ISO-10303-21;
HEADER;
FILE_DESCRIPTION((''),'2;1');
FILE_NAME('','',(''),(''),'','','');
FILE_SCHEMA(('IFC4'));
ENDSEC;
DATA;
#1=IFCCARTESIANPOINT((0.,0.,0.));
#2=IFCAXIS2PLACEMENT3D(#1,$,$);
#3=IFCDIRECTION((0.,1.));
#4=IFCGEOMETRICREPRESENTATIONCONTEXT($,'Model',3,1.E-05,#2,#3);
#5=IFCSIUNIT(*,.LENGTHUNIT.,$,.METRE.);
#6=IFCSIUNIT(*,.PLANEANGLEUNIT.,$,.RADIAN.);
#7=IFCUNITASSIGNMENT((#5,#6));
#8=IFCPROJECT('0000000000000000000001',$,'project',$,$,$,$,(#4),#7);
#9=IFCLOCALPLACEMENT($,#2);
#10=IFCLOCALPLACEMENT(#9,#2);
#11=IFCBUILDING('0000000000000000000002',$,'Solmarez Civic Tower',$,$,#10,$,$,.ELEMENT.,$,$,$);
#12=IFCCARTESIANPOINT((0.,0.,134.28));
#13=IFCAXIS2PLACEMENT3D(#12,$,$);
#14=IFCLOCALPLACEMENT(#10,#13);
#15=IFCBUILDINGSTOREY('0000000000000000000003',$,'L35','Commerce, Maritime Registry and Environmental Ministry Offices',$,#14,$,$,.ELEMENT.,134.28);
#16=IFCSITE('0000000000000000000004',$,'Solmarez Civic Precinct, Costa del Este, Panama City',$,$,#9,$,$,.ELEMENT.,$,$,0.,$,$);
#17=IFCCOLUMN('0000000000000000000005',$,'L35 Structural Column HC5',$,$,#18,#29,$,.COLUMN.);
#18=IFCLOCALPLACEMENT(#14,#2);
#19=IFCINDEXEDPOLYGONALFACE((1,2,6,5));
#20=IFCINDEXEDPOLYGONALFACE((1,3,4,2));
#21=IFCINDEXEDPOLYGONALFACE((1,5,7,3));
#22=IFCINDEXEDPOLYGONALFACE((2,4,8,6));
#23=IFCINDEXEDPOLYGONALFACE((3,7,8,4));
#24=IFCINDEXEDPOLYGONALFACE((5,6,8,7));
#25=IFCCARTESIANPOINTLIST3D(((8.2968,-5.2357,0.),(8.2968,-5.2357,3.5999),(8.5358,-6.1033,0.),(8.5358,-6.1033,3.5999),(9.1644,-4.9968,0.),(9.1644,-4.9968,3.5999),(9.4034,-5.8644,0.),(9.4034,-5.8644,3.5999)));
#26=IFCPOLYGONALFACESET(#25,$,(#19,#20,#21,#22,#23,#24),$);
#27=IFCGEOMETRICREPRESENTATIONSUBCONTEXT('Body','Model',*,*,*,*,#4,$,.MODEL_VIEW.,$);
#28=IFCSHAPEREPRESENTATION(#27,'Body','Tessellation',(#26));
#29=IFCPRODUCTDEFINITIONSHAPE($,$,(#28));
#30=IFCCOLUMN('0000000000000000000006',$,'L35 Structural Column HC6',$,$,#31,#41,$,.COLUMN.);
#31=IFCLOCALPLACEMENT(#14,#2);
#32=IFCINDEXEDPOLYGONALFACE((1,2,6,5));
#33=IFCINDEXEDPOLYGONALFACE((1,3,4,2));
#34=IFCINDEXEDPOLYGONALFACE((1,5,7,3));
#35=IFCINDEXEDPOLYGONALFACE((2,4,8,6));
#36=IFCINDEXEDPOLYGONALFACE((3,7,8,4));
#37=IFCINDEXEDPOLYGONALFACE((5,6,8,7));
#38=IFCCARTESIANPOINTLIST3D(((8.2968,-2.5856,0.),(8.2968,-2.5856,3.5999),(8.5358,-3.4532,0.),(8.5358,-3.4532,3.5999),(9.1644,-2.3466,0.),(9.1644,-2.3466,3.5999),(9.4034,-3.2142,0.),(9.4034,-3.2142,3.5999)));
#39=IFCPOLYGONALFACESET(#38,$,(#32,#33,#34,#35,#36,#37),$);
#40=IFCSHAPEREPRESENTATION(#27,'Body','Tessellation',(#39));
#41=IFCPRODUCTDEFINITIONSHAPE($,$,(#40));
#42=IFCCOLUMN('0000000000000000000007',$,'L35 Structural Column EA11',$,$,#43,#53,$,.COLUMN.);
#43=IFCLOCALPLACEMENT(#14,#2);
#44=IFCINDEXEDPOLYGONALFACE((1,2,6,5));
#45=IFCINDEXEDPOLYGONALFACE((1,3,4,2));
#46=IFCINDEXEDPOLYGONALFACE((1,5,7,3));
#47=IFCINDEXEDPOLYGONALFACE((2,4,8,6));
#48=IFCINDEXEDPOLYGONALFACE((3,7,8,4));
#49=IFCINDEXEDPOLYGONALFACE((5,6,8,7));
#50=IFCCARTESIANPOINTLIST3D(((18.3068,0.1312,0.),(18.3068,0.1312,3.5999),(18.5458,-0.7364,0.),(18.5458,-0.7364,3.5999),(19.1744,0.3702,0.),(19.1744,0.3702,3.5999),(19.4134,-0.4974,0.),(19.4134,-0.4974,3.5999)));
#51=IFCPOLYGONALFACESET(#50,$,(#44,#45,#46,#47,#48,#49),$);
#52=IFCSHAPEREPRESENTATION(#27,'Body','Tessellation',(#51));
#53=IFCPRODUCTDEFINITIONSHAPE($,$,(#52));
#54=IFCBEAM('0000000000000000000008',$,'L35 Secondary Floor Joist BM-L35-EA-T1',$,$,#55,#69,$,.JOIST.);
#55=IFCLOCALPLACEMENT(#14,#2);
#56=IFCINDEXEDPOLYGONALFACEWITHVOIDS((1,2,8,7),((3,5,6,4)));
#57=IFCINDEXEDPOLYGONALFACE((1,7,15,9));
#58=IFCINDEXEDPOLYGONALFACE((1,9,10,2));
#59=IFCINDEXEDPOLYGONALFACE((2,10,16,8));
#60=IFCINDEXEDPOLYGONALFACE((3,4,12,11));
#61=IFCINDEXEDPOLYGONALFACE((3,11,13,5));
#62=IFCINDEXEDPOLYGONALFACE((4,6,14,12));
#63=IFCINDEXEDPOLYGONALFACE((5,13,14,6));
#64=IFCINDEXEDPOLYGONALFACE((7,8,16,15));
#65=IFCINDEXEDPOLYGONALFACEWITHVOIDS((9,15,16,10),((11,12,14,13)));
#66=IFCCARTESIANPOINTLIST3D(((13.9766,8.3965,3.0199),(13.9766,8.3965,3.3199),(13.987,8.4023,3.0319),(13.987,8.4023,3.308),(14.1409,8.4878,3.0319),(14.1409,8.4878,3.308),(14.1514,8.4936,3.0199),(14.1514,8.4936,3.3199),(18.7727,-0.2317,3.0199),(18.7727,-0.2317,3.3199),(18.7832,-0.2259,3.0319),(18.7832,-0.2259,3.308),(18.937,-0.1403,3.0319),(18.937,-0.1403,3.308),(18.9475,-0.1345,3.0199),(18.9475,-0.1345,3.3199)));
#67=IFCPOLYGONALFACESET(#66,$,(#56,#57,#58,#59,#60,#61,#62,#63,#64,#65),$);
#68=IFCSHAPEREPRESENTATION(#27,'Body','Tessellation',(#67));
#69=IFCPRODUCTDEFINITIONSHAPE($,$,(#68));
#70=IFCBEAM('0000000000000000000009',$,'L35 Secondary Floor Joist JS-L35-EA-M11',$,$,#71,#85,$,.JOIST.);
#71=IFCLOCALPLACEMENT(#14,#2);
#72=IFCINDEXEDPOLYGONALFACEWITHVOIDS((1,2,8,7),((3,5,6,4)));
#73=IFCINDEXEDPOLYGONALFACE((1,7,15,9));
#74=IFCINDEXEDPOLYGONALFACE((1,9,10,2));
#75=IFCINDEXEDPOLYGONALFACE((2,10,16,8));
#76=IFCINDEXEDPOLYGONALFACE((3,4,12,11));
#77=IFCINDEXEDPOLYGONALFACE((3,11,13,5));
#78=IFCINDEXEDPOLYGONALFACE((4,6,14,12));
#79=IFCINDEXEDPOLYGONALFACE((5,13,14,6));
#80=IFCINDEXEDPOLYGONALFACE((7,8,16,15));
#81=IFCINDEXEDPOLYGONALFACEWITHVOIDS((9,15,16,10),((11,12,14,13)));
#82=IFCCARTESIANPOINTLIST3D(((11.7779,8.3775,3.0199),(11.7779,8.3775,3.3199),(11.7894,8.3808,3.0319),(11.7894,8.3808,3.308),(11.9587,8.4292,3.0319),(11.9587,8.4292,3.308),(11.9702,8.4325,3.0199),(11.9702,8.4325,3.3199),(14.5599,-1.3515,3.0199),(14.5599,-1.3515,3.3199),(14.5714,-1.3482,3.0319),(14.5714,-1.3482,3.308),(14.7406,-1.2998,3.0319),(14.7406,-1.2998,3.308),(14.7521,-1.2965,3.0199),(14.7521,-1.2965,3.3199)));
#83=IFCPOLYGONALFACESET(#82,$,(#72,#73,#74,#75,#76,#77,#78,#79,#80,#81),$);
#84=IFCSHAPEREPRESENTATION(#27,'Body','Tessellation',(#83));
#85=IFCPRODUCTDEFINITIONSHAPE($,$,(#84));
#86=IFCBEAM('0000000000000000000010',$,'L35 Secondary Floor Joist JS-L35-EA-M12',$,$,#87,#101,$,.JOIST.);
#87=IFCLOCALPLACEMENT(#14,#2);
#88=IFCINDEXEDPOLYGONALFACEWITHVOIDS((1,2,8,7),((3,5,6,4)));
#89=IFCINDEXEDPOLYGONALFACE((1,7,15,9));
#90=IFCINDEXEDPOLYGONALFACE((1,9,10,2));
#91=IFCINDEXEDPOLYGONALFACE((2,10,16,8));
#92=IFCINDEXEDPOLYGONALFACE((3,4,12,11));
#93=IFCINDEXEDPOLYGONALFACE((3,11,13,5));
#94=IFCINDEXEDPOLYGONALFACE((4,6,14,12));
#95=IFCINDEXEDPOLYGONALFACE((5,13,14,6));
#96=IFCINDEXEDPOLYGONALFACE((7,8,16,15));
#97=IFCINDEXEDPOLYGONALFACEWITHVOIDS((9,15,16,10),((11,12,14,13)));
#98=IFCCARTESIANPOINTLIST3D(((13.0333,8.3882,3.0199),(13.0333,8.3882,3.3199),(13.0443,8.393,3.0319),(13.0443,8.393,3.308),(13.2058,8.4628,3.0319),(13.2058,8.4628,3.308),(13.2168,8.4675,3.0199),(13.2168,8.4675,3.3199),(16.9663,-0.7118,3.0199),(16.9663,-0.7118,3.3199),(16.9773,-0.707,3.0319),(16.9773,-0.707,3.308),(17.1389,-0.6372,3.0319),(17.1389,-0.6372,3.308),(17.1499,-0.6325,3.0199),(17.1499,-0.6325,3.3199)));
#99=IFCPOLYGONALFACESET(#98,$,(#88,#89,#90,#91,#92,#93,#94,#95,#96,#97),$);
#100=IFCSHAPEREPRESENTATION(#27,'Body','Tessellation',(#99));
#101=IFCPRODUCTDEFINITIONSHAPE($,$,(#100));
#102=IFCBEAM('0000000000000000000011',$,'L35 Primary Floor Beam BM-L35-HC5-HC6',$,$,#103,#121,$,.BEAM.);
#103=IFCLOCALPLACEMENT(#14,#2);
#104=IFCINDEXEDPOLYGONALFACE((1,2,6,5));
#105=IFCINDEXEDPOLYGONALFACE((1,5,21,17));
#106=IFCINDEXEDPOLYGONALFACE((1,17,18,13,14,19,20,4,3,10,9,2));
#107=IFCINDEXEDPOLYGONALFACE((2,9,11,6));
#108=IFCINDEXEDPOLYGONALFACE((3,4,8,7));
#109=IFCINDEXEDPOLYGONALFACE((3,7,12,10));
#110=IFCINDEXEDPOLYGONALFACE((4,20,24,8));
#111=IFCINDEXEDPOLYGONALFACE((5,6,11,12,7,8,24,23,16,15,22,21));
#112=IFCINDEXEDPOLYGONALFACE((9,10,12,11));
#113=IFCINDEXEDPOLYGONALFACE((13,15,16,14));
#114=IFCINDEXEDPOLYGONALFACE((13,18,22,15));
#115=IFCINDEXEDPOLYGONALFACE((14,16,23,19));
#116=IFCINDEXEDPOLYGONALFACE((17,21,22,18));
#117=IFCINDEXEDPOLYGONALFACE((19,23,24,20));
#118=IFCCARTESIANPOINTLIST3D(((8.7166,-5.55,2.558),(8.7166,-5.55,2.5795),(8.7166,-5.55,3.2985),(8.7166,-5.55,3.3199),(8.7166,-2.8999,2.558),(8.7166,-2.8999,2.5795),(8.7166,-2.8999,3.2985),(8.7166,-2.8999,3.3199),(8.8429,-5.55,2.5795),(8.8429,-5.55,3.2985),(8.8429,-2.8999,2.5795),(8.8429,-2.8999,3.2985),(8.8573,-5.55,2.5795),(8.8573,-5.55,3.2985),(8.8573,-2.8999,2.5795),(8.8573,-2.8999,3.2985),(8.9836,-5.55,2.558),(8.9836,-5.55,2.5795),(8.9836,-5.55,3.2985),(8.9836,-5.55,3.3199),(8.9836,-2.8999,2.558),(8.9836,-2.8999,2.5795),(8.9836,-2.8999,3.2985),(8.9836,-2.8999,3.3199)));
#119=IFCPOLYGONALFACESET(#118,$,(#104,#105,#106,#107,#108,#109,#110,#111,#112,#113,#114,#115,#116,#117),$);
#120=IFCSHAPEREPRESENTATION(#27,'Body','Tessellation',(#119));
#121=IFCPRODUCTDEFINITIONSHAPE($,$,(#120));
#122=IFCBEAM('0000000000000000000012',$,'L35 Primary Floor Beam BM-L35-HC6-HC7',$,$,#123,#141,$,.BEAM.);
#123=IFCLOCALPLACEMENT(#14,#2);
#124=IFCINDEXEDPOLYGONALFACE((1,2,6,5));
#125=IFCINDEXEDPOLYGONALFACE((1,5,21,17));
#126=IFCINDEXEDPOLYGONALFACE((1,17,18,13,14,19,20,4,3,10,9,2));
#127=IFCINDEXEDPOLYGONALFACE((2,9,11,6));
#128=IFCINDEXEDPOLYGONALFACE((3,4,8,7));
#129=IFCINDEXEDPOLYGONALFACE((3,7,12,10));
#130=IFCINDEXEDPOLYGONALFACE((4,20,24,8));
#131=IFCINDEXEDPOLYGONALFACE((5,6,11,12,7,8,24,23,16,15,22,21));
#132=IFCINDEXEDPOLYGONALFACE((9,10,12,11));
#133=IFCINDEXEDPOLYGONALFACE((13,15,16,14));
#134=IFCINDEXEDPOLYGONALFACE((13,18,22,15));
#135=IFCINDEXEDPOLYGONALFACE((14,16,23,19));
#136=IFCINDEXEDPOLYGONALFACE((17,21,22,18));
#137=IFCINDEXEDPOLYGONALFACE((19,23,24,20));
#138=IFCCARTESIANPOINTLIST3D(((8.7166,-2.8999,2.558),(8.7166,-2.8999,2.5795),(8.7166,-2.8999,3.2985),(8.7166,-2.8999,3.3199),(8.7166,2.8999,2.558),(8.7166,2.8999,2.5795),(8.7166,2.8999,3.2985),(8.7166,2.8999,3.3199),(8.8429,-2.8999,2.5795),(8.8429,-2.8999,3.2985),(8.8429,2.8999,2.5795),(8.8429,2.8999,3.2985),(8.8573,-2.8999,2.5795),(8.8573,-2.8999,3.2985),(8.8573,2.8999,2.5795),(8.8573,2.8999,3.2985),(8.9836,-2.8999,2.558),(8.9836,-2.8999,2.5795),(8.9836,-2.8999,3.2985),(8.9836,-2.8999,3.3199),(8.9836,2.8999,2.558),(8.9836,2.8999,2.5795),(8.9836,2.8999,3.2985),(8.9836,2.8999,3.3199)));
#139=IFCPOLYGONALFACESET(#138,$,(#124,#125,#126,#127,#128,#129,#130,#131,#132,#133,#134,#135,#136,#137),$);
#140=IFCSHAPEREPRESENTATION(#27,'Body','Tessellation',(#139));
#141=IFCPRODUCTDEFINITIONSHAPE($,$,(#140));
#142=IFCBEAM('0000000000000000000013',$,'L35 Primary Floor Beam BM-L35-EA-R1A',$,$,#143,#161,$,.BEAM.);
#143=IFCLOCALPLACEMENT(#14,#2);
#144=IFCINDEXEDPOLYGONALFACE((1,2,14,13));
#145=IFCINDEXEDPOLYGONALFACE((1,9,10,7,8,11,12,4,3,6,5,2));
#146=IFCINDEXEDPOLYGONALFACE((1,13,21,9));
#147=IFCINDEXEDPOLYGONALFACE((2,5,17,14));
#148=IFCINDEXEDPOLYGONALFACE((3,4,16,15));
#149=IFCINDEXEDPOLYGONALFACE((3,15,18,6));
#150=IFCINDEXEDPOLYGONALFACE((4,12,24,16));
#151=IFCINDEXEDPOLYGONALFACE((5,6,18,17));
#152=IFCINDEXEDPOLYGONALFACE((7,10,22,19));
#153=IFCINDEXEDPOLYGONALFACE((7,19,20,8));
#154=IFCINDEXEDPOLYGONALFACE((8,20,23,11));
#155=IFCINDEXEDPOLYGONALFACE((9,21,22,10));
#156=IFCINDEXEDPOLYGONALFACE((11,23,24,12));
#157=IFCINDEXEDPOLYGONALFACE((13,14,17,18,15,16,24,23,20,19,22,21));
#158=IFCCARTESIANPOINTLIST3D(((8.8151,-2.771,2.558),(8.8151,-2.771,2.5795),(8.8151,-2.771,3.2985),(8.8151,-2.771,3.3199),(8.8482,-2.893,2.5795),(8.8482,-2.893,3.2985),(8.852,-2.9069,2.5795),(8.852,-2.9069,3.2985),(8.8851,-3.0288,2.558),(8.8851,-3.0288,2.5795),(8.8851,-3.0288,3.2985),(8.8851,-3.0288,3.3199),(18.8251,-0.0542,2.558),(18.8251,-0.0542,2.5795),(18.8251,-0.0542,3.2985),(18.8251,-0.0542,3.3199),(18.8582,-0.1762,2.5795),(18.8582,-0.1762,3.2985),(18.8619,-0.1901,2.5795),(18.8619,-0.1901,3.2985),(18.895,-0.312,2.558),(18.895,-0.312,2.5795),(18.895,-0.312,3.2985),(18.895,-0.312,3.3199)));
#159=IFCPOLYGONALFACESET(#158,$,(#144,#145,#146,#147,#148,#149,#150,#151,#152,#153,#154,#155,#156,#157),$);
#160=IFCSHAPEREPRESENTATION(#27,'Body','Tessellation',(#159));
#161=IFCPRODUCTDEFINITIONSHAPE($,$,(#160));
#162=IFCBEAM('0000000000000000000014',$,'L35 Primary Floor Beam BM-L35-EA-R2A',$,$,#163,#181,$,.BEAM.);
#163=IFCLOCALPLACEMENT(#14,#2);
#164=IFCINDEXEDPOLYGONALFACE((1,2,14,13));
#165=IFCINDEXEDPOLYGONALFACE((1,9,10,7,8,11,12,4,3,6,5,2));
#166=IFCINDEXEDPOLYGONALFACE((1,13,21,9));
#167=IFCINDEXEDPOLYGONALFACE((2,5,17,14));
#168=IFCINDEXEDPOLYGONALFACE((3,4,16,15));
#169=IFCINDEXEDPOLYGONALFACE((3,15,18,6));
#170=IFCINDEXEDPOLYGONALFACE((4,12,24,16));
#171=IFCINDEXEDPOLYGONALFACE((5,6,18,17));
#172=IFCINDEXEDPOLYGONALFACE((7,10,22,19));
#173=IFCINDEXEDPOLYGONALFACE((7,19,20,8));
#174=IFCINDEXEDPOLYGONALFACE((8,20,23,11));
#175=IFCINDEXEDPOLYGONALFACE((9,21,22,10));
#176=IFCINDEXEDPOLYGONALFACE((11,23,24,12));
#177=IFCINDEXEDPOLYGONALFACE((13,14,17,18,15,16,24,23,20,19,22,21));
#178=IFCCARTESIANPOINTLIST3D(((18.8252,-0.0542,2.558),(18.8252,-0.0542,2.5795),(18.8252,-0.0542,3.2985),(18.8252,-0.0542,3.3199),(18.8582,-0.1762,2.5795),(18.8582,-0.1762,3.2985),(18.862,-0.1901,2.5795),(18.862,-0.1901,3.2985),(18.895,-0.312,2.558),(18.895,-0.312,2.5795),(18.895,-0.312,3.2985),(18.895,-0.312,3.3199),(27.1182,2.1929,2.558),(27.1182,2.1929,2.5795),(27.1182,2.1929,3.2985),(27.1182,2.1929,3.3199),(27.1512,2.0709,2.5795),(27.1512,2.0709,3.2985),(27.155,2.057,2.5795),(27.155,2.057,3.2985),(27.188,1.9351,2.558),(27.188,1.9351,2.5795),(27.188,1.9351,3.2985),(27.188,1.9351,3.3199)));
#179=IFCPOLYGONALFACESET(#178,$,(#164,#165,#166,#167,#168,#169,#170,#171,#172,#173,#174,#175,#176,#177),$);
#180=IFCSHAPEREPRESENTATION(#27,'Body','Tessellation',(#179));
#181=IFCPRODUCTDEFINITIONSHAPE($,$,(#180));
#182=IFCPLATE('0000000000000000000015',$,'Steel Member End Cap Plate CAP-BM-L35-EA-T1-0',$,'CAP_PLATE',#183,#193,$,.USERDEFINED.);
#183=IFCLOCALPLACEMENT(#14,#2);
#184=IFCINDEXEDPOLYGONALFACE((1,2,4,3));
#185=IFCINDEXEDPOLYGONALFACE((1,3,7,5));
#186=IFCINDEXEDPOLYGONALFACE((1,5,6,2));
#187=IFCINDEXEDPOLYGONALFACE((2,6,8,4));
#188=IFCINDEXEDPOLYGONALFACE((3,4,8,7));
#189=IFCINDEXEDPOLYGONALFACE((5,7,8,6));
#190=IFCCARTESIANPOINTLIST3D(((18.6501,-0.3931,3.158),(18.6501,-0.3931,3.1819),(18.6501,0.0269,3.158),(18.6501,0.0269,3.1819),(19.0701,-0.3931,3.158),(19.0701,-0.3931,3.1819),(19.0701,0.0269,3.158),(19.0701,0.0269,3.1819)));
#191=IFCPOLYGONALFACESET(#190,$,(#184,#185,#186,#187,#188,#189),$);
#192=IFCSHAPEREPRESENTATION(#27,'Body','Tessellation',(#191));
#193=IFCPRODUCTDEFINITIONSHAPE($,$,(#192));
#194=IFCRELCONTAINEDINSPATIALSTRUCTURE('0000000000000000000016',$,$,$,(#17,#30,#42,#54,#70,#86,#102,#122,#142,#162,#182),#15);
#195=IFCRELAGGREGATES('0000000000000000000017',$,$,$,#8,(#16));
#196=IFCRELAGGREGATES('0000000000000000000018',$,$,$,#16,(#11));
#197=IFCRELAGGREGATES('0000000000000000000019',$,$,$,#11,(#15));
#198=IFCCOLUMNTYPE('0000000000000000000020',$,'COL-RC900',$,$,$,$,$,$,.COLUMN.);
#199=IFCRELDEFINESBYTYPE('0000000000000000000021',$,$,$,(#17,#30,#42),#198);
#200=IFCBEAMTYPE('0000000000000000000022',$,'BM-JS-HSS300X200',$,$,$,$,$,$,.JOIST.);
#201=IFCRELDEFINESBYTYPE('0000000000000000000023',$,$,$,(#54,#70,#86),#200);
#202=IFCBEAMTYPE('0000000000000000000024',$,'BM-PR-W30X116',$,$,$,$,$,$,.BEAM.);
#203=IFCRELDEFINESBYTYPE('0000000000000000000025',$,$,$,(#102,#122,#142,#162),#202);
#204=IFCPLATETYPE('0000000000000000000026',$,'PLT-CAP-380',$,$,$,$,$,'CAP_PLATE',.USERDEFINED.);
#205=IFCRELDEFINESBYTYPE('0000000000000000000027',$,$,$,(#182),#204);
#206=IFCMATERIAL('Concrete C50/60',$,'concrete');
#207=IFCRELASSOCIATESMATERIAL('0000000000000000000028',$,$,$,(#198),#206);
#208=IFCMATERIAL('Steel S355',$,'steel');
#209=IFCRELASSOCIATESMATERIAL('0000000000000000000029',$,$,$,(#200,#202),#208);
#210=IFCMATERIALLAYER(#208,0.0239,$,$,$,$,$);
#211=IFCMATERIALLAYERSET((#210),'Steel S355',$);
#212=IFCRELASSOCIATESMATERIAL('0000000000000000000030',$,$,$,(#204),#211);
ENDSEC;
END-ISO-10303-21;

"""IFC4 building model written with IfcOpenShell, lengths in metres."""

from ifc_helpers import new_model, si_unit, direction, frame, origin, origin_2d, place, context, subcontext, project, spatial, rectangle, hollow_rectangle, i_section, extrude, material, layer, layer_set, material_profile, profile_set, type_object, element, save


model = new_model("IFC4")

# Units and contexts
model_context = context("Model", 3, precision=1e-05, world=origin(), true_north=direction((0.0, 1.0)))
body_context = subcontext(model_context, "Body", "Model", "MODEL_VIEW")
ifc_project = project(units=[si_unit("LENGTHUNIT", "METRE"), si_unit("PLANEANGLEUNIT", "RADIAN")], contexts=[model_context])

# Site, building, storey
site_placement = place(None, origin())
site = spatial("IfcSite", under=ifc_project, at=site_placement, Name="Solmarez Civic Precinct, Costa del Este, Panama City", CompositionType="ELEMENT", RefElevation=0.0)
building_placement = place(site_placement, origin())
building = spatial("IfcBuilding", under=site, at=building_placement, Name="Solmarez Civic Tower", CompositionType="ELEMENT")
storey_placement = place(building_placement, frame((0.0, 0.0, 134.28)))
storey = spatial("IfcBuildingStorey", under=building, at=storey_placement, Name="L35", Description="Commerce, Maritime Registry and Environmental Ministry Offices", CompositionType="ELEMENT", Elevation=134.28)

# Columns
ifc_material_1 = material(Name="Concrete C50/60", Category="concrete")
ifc_material_profile_1 = material_profile(ifc_material_1, rectangle(XDim=0.8999, YDim=0.8999, at=origin_2d()), Name="RC900X900")
ifc_profile_set_1 = profile_set([ifc_material_profile_1], Name="Concrete C50/60")
column_type = type_object("IfcColumnType", Name="COL-RC900", PredefinedType="COLUMN", material=ifc_profile_set_1)
for number, where, z_axis, x_axis, name in (
    (1, (8.8501, -5.55, 0.0), (0.0, 0.0, 1.0), (0.964095, 0.265556, 0.0), "L35 Structural Column HC5"),
    (2, (8.8501, -2.8999, 0.0), (0.0, 0.0, 1.0), (0.964095, 0.265556, 0.0), "L35 Structural Column HC6"),
    (3, (18.8601, -0.1831, 0.0), (0.0, 0.0, 1.0), (0.964095, 0.265556, 0.0), "L35 Structural Column EA11"),
):
    element("IfcColumn", number, at=place(storey_placement, frame(where, z_axis=z_axis, x_axis=x_axis)), inside=storey, type_object=column_type, Name=name, PredefinedType="COLUMN", context=body_context, shape_type="SweptSolid", body=[
        extrude(rectangle(XDim=0.8999, YDim=0.8999, at=origin_2d()), origin(), (0.0, 0.0, 1.0), 3.5999),
    ])

# Beams
ifc_material_2 = material(Name="Steel S355", Category="steel")
ifc_material_profile_2 = material_profile(ifc_material_2, hollow_rectangle(XDim=0.2, YDim=0.3, WallThickness=0.012, at=origin_2d()), Name="HSS300X200X12")
ifc_profile_set_2 = profile_set([ifc_material_profile_2], Name="Steel S355")
beam_type_1 = type_object("IfcBeamType", Name="BM-JS-HSS300X200", PredefinedType="JOIST", material=ifc_profile_set_2)
beam_1_placement = place(storey_placement, frame((18.8601, -0.1831, 3.1699), z_axis=(-0.485853, 0.874041, 0.0), x_axis=(-0.874041, -0.485853, 0.0)))
element("IfcBeam", 4, at=beam_1_placement, inside=storey, type_object=beam_type_1, Name="L35 Secondary Floor Joist BM-L35-EA-T1", PredefinedType="JOIST", context=body_context, shape_type="SweptSolid", body=[
    extrude(hollow_rectangle(XDim=0.2, YDim=0.3, WallThickness=0.012, at=origin_2d()), origin(), (0.0, 0.0, 1.0), 9.8716),
])
beam_2_placement = place(storey_placement, frame((14.656, -1.324, 3.1699), z_axis=(-0.274928, 0.961465, 0.0), x_axis=(-0.961465, -0.274928, 0.0)))
element("IfcBeam", 5, at=beam_2_placement, inside=storey, type_object=beam_type_1, Name="L35 Secondary Floor Joist JS-L35-EA-M11", PredefinedType="JOIST", context=body_context, shape_type="SweptSolid", body=[
    extrude(hollow_rectangle(XDim=0.2, YDim=0.3, WallThickness=0.012, at=origin_2d()), origin(), (0.0, 0.0, 1.0), 10.1189),
])
beam_3_placement = place(storey_placement, frame((17.0581, -0.6721, 3.1699), z_axis=(-0.396735, 0.917933, 0.0), x_axis=(-0.917933, -0.396735, 0.0)))
element("IfcBeam", 6, at=beam_3_placement, inside=storey, type_object=beam_type_1, Name="L35 Secondary Floor Joist JS-L35-EA-M12", PredefinedType="JOIST", context=body_context, shape_type="SweptSolid", body=[
    extrude(hollow_rectangle(XDim=0.2, YDim=0.3, WallThickness=0.012, at=origin_2d()), origin(), (0.0, 0.0, 1.0), 9.9136),
])
ifc_material_profile_3 = material_profile(ifc_material_2, i_section(OverallWidth=0.2671, OverallDepth=0.762, WebThickness=0.0144, FlangeThickness=0.0215, at=origin_2d()), Name="W30X116")
ifc_profile_set_3 = profile_set([ifc_material_profile_3], Name="Steel S355")
beam_type_2 = type_object("IfcBeamType", Name="BM-PR-W30X116", PredefinedType="BEAM", material=ifc_profile_set_3)
beam_4_placement = place(storey_placement, frame((8.8501, -5.55, 2.939), z_axis=(0.0, 1.0, 0.0), x_axis=(-1.0, 0.0, 0.0)))
element("IfcBeam", 7, at=beam_4_placement, inside=storey, type_object=beam_type_2, Name="L35 Primary Floor Beam BM-L35-HC5-HC6", PredefinedType="BEAM", context=body_context, shape_type="SweptSolid", body=[
    extrude(i_section(OverallWidth=0.2671, OverallDepth=0.762, WebThickness=0.0144, FlangeThickness=0.0215, at=origin_2d()), origin(), (0.0, 0.0, 1.0), 2.6501),
])
beam_5_placement = place(storey_placement, frame((8.8501, -2.8999, 2.939), z_axis=(0.0, 1.0, 0.0), x_axis=(-1.0, 0.0, 0.0)))
element("IfcBeam", 8, at=beam_5_placement, inside=storey, type_object=beam_type_2, Name="L35 Primary Floor Beam BM-L35-HC6-HC7", PredefinedType="BEAM", context=body_context, shape_type="SweptSolid", body=[
    extrude(i_section(OverallWidth=0.2671, OverallDepth=0.762, WebThickness=0.0144, FlangeThickness=0.0215, at=origin_2d()), origin(), (0.0, 0.0, 1.0), 5.7998),
])
beam_6_placement = place(storey_placement, frame((8.8501, -2.8999, 2.939), z_axis=(0.965086, 0.261932, 0.0), x_axis=(-0.261932, 0.965086, 0.0)))
element("IfcBeam", 9, at=beam_6_placement, inside=storey, type_object=beam_type_2, Name="L35 Primary Floor Beam BM-L35-EA-R1A", PredefinedType="BEAM", context=body_context, shape_type="SweptSolid", body=[
    extrude(i_section(OverallWidth=0.2671, OverallDepth=0.762, WebThickness=0.0144, FlangeThickness=0.0215, at=origin_2d()), origin(), (0.0, 0.0, 1.0), 10.3721),
])
beam_7_placement = place(storey_placement, frame((18.8601, -0.1831, 2.939), z_axis=(0.965195, 0.26153, 0.0), x_axis=(-0.26153, 0.965195, 0.0)))
element("IfcBeam", 10, at=beam_7_placement, inside=storey, type_object=beam_type_2, Name="L35 Primary Floor Beam BM-L35-EA-R2A", PredefinedType="BEAM", context=body_context, shape_type="SweptSolid", body=[
    extrude(i_section(OverallWidth=0.2671, OverallDepth=0.762, WebThickness=0.0144, FlangeThickness=0.0215, at=origin_2d()), origin(), (0.0, 0.0, 1.0), 8.592),
])

# Plate
ifc_layer_1 = layer(ifc_material_2, 0.0239)
ifc_layer_set_1 = layer_set([ifc_layer_1], Name="Steel S355")
plate_type = type_object("IfcPlateType", Name="PLT-CAP-380", ElementType="CAP_PLATE", PredefinedType="USERDEFINED", material=ifc_layer_set_1)
for number, where, z_axis, x_axis, name in (
    (11, (18.8601, -0.1831, 3.158), (0.0, 0.0, 1.0), (1.0, 0.0, 0.0), "Steel Member End Cap Plate CAP-BM-L35-EA-T1-0"),
):
    element("IfcPlate", number, at=place(storey_placement, frame(where, z_axis=z_axis, x_axis=x_axis)), inside=storey, type_object=plate_type, Name=name, ObjectType="CAP_PLATE", PredefinedType="USERDEFINED", context=body_context, shape_type="SweptSolid", body=[
        extrude(rectangle(XDim=0.4199, YDim=0.4199, at=origin_2d()), origin(), (0.0, 0.0, 1.0), 0.0239),
    ])

save(model, "model.ifc")
